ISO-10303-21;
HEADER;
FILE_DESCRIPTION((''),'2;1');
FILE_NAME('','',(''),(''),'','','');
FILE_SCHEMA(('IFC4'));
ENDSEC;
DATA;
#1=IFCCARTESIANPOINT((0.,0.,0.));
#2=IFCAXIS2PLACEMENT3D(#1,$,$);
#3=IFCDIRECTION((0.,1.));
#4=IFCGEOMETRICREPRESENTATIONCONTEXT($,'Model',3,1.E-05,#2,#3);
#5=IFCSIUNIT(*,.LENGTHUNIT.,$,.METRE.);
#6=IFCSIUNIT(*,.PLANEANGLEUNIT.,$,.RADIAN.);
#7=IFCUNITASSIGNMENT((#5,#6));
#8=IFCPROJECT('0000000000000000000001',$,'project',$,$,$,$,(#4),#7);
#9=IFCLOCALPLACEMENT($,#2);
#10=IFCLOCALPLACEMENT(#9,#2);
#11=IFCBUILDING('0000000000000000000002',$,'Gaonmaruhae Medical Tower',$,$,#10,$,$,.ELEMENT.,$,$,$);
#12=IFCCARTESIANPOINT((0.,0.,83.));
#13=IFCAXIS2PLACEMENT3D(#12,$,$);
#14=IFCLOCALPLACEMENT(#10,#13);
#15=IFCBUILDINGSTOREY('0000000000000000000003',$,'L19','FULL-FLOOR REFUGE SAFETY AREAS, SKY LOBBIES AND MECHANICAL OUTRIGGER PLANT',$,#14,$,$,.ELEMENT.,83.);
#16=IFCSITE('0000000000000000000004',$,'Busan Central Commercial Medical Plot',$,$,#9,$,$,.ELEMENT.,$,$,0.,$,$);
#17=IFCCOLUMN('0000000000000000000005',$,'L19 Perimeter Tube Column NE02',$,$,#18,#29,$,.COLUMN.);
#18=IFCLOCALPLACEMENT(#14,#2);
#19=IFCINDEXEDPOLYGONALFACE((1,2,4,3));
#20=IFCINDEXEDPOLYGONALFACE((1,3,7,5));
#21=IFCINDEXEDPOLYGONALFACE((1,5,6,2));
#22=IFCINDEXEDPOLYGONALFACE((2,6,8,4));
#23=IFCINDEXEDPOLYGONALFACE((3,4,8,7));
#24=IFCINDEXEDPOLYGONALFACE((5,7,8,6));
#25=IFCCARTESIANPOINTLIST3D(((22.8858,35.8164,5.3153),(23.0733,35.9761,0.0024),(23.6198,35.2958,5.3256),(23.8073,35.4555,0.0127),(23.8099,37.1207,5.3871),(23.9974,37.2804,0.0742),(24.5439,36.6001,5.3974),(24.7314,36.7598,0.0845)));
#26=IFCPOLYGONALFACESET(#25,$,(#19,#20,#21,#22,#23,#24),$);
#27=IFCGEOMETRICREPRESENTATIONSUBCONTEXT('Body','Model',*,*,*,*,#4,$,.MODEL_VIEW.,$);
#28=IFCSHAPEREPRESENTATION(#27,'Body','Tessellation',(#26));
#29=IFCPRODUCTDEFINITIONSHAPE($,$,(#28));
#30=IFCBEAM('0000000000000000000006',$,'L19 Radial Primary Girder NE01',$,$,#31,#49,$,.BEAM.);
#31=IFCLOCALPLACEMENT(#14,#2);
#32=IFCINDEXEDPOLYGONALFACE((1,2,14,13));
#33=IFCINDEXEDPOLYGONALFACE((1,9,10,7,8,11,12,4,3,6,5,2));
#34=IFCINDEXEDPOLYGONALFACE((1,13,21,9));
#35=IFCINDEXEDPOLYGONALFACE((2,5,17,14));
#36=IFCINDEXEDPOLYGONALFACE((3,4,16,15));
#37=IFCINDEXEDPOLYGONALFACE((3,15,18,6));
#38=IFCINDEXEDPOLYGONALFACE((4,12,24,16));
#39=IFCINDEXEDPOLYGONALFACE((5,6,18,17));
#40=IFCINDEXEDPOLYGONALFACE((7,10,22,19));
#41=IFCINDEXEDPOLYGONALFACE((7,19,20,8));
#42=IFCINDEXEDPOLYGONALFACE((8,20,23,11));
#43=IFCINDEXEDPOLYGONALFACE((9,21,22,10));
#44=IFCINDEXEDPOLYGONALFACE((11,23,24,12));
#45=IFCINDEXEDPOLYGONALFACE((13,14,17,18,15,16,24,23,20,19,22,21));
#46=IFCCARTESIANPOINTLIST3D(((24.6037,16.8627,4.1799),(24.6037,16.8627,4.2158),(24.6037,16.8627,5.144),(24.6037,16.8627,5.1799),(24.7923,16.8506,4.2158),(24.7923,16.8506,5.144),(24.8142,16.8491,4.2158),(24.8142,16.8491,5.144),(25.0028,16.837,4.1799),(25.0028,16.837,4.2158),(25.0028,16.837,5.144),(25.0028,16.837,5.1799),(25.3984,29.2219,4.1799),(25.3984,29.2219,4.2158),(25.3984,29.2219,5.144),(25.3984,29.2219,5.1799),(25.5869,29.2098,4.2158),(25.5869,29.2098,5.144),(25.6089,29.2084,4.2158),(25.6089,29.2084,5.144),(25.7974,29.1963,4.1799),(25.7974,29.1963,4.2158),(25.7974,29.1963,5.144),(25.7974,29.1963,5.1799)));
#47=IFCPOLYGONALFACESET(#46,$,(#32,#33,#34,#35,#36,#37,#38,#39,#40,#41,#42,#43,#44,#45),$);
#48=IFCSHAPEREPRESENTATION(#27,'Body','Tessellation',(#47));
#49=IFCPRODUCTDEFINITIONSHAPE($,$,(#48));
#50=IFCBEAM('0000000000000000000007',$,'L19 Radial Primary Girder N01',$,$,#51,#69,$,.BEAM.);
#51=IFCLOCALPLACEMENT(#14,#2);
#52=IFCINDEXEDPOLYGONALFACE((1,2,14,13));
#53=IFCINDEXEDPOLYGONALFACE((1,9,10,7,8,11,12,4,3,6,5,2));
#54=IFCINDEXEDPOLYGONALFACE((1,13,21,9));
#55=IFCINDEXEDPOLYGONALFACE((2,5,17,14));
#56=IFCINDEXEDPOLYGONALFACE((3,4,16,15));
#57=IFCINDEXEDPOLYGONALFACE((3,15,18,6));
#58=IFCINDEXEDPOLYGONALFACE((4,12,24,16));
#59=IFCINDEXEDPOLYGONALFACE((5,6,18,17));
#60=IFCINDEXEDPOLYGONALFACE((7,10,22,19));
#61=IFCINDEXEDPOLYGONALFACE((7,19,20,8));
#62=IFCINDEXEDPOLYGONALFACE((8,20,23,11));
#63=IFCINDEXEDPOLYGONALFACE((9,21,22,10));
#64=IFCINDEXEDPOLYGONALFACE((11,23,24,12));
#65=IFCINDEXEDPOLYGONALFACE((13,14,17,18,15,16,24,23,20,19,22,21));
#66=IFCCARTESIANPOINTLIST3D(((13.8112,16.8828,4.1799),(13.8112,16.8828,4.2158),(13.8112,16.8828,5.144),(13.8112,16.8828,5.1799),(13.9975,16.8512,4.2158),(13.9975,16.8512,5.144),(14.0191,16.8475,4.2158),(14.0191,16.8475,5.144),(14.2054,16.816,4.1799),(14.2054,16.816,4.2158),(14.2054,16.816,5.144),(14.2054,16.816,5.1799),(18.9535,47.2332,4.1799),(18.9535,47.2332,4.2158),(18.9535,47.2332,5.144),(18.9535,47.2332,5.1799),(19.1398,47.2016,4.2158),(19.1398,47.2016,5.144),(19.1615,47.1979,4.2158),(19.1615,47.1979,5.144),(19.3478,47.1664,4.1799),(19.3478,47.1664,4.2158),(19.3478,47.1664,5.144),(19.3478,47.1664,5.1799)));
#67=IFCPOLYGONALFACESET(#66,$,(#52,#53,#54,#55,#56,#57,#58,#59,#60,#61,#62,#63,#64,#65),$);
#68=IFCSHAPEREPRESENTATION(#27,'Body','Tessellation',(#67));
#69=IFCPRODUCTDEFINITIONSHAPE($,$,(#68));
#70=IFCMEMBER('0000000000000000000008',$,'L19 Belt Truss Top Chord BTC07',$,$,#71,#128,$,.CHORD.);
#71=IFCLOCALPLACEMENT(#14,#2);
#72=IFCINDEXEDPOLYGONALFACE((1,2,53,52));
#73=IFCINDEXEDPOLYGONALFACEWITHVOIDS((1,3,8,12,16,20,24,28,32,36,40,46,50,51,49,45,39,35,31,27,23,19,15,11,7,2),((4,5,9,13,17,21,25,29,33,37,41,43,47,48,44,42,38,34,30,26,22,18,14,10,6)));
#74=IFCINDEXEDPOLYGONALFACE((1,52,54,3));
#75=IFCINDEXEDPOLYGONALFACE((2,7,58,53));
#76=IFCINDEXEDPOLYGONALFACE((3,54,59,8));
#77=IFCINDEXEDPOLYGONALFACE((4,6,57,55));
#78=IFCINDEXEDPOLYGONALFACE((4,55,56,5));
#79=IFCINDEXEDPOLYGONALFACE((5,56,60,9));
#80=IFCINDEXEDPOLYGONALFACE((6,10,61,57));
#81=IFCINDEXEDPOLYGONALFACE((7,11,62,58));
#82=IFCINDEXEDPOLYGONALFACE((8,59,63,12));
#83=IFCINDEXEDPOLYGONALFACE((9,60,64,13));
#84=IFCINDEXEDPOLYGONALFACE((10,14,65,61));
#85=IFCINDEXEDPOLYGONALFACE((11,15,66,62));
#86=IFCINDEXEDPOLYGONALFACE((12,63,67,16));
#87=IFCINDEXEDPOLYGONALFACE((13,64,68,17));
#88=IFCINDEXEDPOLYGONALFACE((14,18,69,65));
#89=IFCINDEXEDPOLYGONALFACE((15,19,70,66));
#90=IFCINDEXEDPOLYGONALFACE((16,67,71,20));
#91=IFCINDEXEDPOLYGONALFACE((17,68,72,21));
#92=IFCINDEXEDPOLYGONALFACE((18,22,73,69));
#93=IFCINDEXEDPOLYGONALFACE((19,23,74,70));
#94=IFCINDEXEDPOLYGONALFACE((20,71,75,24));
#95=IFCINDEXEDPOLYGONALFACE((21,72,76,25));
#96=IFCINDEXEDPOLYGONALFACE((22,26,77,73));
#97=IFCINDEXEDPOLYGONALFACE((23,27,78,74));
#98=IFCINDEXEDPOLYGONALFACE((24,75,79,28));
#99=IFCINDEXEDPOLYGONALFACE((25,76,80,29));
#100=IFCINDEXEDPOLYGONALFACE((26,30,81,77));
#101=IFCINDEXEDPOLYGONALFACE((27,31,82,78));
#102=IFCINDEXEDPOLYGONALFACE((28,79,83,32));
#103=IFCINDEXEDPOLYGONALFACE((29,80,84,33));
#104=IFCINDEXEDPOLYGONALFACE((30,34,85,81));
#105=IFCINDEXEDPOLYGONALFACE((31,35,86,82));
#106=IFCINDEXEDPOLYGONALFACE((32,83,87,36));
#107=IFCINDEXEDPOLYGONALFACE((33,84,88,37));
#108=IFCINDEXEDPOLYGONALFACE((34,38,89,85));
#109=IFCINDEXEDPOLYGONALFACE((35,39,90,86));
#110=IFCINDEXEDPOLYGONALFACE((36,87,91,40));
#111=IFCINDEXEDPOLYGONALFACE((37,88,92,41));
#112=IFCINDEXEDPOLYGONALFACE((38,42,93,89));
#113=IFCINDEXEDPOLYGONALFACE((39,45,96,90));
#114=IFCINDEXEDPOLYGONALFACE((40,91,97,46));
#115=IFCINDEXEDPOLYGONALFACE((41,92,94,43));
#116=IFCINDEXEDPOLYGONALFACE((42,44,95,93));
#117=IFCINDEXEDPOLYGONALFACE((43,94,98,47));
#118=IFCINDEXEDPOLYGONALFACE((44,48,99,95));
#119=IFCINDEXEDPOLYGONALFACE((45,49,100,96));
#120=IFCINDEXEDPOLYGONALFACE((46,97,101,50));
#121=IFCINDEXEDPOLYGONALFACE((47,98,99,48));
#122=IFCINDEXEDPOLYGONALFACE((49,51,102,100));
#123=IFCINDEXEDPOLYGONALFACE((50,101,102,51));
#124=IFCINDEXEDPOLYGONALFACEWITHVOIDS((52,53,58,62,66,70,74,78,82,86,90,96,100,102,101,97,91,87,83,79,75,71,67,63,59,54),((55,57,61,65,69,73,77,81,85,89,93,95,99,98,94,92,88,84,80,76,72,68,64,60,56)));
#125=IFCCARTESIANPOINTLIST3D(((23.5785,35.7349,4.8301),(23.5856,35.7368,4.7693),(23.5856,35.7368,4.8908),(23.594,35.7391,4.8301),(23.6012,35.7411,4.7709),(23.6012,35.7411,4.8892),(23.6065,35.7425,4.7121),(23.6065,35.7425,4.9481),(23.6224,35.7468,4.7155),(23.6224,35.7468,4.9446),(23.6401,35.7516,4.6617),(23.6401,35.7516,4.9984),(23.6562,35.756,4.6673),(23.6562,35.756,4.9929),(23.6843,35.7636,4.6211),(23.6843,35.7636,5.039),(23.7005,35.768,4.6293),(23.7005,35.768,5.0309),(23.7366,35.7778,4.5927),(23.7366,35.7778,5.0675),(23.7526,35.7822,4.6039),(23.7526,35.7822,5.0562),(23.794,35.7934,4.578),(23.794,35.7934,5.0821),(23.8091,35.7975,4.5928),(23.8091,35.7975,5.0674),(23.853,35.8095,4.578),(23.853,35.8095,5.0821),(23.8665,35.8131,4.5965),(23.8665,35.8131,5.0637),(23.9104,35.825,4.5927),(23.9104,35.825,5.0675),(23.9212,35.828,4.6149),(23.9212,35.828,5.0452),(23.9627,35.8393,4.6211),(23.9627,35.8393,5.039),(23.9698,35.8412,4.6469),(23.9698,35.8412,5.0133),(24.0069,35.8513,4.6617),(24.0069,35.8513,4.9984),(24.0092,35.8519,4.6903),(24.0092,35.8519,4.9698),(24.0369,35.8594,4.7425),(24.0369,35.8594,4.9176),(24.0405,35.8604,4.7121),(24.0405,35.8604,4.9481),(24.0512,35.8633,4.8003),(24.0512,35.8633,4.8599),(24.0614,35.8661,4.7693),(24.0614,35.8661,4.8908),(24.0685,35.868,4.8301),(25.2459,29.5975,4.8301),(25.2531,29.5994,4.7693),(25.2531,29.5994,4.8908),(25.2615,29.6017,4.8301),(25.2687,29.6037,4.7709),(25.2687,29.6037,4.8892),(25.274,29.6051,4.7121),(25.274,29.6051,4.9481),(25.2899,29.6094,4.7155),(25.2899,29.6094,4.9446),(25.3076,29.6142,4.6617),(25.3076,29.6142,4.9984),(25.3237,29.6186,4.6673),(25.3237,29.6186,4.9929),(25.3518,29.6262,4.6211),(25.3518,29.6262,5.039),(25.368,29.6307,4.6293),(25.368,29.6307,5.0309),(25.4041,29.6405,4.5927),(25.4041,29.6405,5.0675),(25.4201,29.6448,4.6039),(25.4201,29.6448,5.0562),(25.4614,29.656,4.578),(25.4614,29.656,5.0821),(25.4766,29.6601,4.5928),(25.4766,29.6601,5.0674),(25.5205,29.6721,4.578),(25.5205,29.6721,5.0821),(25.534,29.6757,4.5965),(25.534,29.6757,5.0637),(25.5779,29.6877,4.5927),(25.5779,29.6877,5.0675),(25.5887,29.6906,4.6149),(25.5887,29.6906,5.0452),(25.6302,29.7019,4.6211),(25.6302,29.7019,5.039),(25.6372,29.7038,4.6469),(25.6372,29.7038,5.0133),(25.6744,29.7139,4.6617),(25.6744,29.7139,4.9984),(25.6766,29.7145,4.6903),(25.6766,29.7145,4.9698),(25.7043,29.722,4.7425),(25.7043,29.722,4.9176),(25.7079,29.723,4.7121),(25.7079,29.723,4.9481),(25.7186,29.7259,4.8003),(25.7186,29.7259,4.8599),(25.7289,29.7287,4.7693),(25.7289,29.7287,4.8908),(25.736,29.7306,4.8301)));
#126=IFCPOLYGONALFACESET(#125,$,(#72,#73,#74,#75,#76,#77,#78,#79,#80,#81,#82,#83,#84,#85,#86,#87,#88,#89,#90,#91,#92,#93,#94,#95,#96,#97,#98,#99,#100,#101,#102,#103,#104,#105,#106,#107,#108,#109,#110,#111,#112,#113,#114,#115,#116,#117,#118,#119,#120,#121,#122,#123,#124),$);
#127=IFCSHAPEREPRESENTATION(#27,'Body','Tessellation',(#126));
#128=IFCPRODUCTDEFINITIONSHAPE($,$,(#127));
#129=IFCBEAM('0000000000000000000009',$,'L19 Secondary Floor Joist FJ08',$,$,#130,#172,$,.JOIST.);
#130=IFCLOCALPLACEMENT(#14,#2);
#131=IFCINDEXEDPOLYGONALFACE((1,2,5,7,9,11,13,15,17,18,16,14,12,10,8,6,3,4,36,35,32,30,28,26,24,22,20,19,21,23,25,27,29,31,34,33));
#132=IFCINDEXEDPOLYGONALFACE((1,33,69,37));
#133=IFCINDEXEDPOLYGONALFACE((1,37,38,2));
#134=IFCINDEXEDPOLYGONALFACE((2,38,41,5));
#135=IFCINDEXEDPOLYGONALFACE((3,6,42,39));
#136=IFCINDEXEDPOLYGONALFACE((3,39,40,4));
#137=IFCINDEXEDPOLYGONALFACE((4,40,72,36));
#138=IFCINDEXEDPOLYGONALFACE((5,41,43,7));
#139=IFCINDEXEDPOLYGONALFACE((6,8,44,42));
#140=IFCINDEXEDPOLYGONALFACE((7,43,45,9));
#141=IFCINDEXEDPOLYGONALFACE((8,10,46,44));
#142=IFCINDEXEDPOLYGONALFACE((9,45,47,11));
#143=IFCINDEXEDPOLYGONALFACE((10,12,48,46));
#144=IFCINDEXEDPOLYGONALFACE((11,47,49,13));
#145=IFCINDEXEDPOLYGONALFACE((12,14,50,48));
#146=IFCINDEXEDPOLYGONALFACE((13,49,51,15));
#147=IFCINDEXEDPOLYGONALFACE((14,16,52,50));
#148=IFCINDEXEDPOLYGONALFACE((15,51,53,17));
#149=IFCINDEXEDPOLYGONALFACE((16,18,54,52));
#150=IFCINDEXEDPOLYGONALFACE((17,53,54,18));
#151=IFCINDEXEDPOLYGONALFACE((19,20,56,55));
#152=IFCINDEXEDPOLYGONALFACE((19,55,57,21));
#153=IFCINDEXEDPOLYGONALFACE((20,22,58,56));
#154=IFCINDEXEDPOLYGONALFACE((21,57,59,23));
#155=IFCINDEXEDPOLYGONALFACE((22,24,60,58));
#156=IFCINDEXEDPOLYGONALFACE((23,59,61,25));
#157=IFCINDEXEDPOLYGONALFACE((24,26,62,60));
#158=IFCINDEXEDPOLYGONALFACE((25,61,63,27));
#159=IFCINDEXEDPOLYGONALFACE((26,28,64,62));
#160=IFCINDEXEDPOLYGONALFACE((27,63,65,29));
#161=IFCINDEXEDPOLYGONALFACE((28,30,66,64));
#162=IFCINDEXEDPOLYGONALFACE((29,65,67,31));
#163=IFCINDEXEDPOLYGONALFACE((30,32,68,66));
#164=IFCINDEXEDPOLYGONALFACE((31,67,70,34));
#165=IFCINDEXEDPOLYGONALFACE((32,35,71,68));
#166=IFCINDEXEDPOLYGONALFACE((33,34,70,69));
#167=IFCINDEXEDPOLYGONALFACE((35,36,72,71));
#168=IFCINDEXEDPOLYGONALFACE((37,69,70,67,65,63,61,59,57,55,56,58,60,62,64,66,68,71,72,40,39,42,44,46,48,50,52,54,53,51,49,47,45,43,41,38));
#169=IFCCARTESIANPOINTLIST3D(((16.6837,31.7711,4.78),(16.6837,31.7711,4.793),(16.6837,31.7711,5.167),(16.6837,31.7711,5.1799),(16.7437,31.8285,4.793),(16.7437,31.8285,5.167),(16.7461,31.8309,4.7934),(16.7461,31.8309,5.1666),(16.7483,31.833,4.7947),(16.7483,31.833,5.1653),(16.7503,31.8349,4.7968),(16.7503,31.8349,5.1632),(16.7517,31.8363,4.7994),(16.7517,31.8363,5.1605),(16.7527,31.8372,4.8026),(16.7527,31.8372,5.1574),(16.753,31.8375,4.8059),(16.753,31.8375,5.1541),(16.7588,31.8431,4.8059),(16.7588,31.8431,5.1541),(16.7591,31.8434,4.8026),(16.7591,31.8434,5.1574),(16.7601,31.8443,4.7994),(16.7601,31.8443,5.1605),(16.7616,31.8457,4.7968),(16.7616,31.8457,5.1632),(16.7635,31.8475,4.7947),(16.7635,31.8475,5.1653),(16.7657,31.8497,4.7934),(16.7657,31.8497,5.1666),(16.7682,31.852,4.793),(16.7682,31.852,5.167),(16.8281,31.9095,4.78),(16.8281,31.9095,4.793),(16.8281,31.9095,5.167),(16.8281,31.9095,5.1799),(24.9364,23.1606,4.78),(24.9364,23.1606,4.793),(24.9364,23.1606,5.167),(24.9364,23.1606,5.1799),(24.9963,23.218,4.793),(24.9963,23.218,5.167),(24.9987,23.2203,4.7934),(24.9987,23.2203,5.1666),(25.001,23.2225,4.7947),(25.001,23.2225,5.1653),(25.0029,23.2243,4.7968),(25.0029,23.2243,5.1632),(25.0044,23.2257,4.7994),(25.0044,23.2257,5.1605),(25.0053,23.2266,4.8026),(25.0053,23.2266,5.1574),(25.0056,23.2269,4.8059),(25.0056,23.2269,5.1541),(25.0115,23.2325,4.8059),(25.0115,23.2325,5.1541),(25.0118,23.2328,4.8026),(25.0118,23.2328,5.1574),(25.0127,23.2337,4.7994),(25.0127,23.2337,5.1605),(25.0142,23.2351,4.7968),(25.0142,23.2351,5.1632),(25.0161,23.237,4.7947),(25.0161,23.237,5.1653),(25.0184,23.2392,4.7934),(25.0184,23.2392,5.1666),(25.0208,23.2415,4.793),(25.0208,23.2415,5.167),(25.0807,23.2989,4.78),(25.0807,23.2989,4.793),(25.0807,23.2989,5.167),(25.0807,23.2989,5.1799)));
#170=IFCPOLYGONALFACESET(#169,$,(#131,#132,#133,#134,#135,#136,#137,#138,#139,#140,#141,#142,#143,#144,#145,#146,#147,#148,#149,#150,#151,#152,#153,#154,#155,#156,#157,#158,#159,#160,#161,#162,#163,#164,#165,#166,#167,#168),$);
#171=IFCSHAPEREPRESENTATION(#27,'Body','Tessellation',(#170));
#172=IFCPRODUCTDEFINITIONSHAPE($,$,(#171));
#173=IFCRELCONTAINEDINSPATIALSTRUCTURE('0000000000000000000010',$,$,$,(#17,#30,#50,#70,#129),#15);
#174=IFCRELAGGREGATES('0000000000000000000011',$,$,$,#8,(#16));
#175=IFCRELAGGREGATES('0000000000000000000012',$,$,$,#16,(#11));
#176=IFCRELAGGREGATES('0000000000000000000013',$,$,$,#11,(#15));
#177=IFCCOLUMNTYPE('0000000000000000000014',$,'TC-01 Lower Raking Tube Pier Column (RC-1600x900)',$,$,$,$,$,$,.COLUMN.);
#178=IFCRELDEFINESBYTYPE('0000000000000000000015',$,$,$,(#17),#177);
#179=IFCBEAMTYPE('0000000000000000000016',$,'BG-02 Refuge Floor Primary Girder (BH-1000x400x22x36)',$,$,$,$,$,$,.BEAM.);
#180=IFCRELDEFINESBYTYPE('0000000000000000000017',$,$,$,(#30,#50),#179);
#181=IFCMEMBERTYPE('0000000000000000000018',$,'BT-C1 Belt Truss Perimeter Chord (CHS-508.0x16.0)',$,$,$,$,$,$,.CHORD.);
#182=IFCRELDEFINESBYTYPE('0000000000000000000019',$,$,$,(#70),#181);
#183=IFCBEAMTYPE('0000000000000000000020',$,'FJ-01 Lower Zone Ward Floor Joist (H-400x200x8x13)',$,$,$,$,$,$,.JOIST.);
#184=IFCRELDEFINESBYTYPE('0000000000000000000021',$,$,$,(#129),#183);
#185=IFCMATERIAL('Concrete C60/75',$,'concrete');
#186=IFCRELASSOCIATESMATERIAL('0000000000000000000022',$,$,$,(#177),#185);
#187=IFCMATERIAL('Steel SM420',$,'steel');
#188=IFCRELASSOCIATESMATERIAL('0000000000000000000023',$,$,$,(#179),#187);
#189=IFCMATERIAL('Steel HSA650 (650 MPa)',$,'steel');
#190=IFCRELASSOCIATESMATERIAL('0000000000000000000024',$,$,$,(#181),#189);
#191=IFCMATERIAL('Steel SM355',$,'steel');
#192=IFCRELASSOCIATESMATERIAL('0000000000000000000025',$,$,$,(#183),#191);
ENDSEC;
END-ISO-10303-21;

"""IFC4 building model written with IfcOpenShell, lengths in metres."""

from ifc_helpers import new_model, si_unit, direction, frame, origin, origin_2d, place, context, subcontext, project, spatial, rectangle, hollow_circle, i_section, extrude, material, material_profile, profile_set, type_object, element, save


model = new_model("IFC4")

# Units and contexts
model_context = context("Model", 3, precision=1e-05, world=origin(), true_north=direction((0.0, 1.0)))
body_context = subcontext(model_context, "Body", "Model", "MODEL_VIEW")
ifc_project = project(units=[si_unit("LENGTHUNIT", "METRE"), si_unit("PLANEANGLEUNIT", "RADIAN")], contexts=[model_context])

# Site, building, storey
site_placement = place(None, origin())
site = spatial("IfcSite", under=ifc_project, at=site_placement, Name="Busan Central Commercial Medical Plot", CompositionType="ELEMENT", RefElevation=0.0)
building_placement = place(site_placement, origin())
building = spatial("IfcBuilding", under=site, at=building_placement, Name="Gaonmaruhae Medical Tower", CompositionType="ELEMENT")
storey_placement = place(building_placement, frame((0.0, 0.0, 83.0)))
storey = spatial("IfcBuildingStorey", under=building, at=storey_placement, Name="L19", Description="FULL-FLOOR REFUGE SAFETY AREAS, SKY LOBBIES AND MECHANICAL OUTRIGGER PLANT", CompositionType="ELEMENT", Elevation=83.0)

# Column
ifc_material_1 = material(Name="Concrete C60/75", Category="concrete")
ifc_material_profile_1 = material_profile(ifc_material_1, rectangle(XDim=1.6001, YDim=0.8999, at=origin_2d()), Name="RC-1600x900")
ifc_profile_set_1 = profile_set([ifc_material_profile_1], Name="Concrete C60/75")
column_type = type_object("IfcColumnType", Name="TC-01 Lower Raking Tube Pier Column (RC-1600x900)", PredefinedType="COLUMN", material=ifc_profile_set_1)
column_placement = place(storey_placement, frame((23.9023, 36.3679, 0.0435), z_axis=(-0.035253, -0.03002, 0.998927), x_axis=(0.577544, 0.815125, 0.044878)))
element("IfcColumn", 1, at=column_placement, inside=storey, type_object=column_type, Name="L19 Perimeter Tube Column NE02", PredefinedType="COLUMN", context=body_context, shape_type="SweptSolid", body=[
    extrude(rectangle(XDim=1.6001, YDim=0.8999, at=origin_2d()), origin(), (0.0, 0.0, 1.0), 5.3186),
])

# Beams
ifc_material_2 = material(Name="Steel SM420", Category="steel")
ifc_material_profile_2 = material_profile(ifc_material_2, i_section(OverallWidth=0.3999, OverallDepth=1.0, WebThickness=0.022, FlangeThickness=0.0359, at=origin_2d()), Name="BH-1000x400x22x36")
ifc_profile_set_2 = profile_set([ifc_material_profile_2], Name="Steel SM420")
beam_type_1 = type_object("IfcBeamType", Name="BG-02 Refuge Floor Primary Girder (BH-1000x400x22x36)", PredefinedType="BEAM", material=ifc_profile_set_2)
beam_1_placement = place(storey_placement, frame((24.8032, 16.8499, 4.6799), z_axis=(0.064166, 0.997939, 0.0), x_axis=(-0.997939, 0.064166, 0.0)))
element("IfcBeam", 2, at=beam_1_placement, inside=storey, type_object=beam_type_1, Name="L19 Radial Primary Girder NE01", PredefinedType="BEAM", context=body_context, shape_type="SweptSolid", body=[
    extrude(i_section(OverallWidth=0.3999, OverallDepth=1.0, WebThickness=0.022, FlangeThickness=0.0359, at=origin_2d()), origin(), (0.0, 0.0, 1.0), 12.3848),
])
beam_2_placement = place(storey_placement, frame((14.0083, 16.8494, 4.6799), z_axis=(0.167052, 0.985948, 0.0), x_axis=(-0.985948, 0.167052, 0.0)))
element("IfcBeam", 3, at=beam_2_placement, inside=storey, type_object=beam_type_1, Name="L19 Radial Primary Girder N01", PredefinedType="BEAM", context=body_context, shape_type="SweptSolid", body=[
    extrude(i_section(OverallWidth=0.3999, OverallDepth=1.0, WebThickness=0.022, FlangeThickness=0.0359, at=origin_2d()), origin(), (0.0, 0.0, 1.0), 30.783),
])

# Member
ifc_material_3 = material(Name="Steel HSA650 (650 MPa)", Category="steel")
ifc_material_profile_3 = material_profile(ifc_material_3, hollow_circle(Radius=0.2539, WallThickness=0.0161, at=origin_2d()), Name="CHS-508.0x16.0")
ifc_profile_set_3 = profile_set([ifc_material_profile_3], Name="Steel HSA650 (650 MPa)")
member_type = type_object("IfcMemberType", Name="BT-C1 Belt Truss Perimeter Chord (CHS-508.0x16.0)", PredefinedType="CHORD", material=ifc_profile_set_3)
member_placement = place(storey_placement, frame((25.491, 29.6641, 4.8301), z_axis=(-0.262185, 0.965018, 0.0), x_axis=(-0.965018, -0.262185, 0.0)))
element("IfcMember", 4, at=member_placement, inside=storey, type_object=member_type, Name="L19 Belt Truss Top Chord BTC07", PredefinedType="CHORD", context=body_context, shape_type="SweptSolid", body=[
    extrude(hollow_circle(Radius=0.2539, WallThickness=0.0161, at=origin_2d()), origin(), (0.0, 0.0, 1.0), 6.3599),
])

# Beam
ifc_material_4 = material(Name="Steel SM355", Category="steel")
ifc_material_profile_4 = material_profile(ifc_material_4, i_section(OverallWidth=0.2, OverallDepth=0.3999, WebThickness=0.0081, FlangeThickness=0.0129, FilletRadius=0.0129, at=origin_2d()), Name="H-400x200x8x13")
ifc_profile_set_4 = profile_set([ifc_material_profile_4], Name="Steel SM355")
beam_type_2 = type_object("IfcBeamType", Name="FJ-01 Lower Zone Ward Floor Joist (H-400x200x8x13)", PredefinedType="JOIST", material=ifc_profile_set_4)
beam_3_placement = place(storey_placement, frame((25.0085, 23.2297, 4.98), z_axis=(-0.691943, 0.721952, 0.0), x_axis=(-0.721952, -0.691943, 0.0)))
element("IfcBeam", 5, at=beam_3_placement, inside=storey, type_object=beam_type_2, Name="L19 Secondary Floor Joist FJ08", PredefinedType="JOIST", context=body_context, shape_type="SweptSolid", body=[
    extrude(i_section(OverallWidth=0.2, OverallDepth=0.3999, WebThickness=0.0081, FlangeThickness=0.0129, FilletRadius=0.0129, at=origin_2d()), origin(), (0.0, 0.0, 1.0), 11.9268),
])

save(model, "model.ifc")
